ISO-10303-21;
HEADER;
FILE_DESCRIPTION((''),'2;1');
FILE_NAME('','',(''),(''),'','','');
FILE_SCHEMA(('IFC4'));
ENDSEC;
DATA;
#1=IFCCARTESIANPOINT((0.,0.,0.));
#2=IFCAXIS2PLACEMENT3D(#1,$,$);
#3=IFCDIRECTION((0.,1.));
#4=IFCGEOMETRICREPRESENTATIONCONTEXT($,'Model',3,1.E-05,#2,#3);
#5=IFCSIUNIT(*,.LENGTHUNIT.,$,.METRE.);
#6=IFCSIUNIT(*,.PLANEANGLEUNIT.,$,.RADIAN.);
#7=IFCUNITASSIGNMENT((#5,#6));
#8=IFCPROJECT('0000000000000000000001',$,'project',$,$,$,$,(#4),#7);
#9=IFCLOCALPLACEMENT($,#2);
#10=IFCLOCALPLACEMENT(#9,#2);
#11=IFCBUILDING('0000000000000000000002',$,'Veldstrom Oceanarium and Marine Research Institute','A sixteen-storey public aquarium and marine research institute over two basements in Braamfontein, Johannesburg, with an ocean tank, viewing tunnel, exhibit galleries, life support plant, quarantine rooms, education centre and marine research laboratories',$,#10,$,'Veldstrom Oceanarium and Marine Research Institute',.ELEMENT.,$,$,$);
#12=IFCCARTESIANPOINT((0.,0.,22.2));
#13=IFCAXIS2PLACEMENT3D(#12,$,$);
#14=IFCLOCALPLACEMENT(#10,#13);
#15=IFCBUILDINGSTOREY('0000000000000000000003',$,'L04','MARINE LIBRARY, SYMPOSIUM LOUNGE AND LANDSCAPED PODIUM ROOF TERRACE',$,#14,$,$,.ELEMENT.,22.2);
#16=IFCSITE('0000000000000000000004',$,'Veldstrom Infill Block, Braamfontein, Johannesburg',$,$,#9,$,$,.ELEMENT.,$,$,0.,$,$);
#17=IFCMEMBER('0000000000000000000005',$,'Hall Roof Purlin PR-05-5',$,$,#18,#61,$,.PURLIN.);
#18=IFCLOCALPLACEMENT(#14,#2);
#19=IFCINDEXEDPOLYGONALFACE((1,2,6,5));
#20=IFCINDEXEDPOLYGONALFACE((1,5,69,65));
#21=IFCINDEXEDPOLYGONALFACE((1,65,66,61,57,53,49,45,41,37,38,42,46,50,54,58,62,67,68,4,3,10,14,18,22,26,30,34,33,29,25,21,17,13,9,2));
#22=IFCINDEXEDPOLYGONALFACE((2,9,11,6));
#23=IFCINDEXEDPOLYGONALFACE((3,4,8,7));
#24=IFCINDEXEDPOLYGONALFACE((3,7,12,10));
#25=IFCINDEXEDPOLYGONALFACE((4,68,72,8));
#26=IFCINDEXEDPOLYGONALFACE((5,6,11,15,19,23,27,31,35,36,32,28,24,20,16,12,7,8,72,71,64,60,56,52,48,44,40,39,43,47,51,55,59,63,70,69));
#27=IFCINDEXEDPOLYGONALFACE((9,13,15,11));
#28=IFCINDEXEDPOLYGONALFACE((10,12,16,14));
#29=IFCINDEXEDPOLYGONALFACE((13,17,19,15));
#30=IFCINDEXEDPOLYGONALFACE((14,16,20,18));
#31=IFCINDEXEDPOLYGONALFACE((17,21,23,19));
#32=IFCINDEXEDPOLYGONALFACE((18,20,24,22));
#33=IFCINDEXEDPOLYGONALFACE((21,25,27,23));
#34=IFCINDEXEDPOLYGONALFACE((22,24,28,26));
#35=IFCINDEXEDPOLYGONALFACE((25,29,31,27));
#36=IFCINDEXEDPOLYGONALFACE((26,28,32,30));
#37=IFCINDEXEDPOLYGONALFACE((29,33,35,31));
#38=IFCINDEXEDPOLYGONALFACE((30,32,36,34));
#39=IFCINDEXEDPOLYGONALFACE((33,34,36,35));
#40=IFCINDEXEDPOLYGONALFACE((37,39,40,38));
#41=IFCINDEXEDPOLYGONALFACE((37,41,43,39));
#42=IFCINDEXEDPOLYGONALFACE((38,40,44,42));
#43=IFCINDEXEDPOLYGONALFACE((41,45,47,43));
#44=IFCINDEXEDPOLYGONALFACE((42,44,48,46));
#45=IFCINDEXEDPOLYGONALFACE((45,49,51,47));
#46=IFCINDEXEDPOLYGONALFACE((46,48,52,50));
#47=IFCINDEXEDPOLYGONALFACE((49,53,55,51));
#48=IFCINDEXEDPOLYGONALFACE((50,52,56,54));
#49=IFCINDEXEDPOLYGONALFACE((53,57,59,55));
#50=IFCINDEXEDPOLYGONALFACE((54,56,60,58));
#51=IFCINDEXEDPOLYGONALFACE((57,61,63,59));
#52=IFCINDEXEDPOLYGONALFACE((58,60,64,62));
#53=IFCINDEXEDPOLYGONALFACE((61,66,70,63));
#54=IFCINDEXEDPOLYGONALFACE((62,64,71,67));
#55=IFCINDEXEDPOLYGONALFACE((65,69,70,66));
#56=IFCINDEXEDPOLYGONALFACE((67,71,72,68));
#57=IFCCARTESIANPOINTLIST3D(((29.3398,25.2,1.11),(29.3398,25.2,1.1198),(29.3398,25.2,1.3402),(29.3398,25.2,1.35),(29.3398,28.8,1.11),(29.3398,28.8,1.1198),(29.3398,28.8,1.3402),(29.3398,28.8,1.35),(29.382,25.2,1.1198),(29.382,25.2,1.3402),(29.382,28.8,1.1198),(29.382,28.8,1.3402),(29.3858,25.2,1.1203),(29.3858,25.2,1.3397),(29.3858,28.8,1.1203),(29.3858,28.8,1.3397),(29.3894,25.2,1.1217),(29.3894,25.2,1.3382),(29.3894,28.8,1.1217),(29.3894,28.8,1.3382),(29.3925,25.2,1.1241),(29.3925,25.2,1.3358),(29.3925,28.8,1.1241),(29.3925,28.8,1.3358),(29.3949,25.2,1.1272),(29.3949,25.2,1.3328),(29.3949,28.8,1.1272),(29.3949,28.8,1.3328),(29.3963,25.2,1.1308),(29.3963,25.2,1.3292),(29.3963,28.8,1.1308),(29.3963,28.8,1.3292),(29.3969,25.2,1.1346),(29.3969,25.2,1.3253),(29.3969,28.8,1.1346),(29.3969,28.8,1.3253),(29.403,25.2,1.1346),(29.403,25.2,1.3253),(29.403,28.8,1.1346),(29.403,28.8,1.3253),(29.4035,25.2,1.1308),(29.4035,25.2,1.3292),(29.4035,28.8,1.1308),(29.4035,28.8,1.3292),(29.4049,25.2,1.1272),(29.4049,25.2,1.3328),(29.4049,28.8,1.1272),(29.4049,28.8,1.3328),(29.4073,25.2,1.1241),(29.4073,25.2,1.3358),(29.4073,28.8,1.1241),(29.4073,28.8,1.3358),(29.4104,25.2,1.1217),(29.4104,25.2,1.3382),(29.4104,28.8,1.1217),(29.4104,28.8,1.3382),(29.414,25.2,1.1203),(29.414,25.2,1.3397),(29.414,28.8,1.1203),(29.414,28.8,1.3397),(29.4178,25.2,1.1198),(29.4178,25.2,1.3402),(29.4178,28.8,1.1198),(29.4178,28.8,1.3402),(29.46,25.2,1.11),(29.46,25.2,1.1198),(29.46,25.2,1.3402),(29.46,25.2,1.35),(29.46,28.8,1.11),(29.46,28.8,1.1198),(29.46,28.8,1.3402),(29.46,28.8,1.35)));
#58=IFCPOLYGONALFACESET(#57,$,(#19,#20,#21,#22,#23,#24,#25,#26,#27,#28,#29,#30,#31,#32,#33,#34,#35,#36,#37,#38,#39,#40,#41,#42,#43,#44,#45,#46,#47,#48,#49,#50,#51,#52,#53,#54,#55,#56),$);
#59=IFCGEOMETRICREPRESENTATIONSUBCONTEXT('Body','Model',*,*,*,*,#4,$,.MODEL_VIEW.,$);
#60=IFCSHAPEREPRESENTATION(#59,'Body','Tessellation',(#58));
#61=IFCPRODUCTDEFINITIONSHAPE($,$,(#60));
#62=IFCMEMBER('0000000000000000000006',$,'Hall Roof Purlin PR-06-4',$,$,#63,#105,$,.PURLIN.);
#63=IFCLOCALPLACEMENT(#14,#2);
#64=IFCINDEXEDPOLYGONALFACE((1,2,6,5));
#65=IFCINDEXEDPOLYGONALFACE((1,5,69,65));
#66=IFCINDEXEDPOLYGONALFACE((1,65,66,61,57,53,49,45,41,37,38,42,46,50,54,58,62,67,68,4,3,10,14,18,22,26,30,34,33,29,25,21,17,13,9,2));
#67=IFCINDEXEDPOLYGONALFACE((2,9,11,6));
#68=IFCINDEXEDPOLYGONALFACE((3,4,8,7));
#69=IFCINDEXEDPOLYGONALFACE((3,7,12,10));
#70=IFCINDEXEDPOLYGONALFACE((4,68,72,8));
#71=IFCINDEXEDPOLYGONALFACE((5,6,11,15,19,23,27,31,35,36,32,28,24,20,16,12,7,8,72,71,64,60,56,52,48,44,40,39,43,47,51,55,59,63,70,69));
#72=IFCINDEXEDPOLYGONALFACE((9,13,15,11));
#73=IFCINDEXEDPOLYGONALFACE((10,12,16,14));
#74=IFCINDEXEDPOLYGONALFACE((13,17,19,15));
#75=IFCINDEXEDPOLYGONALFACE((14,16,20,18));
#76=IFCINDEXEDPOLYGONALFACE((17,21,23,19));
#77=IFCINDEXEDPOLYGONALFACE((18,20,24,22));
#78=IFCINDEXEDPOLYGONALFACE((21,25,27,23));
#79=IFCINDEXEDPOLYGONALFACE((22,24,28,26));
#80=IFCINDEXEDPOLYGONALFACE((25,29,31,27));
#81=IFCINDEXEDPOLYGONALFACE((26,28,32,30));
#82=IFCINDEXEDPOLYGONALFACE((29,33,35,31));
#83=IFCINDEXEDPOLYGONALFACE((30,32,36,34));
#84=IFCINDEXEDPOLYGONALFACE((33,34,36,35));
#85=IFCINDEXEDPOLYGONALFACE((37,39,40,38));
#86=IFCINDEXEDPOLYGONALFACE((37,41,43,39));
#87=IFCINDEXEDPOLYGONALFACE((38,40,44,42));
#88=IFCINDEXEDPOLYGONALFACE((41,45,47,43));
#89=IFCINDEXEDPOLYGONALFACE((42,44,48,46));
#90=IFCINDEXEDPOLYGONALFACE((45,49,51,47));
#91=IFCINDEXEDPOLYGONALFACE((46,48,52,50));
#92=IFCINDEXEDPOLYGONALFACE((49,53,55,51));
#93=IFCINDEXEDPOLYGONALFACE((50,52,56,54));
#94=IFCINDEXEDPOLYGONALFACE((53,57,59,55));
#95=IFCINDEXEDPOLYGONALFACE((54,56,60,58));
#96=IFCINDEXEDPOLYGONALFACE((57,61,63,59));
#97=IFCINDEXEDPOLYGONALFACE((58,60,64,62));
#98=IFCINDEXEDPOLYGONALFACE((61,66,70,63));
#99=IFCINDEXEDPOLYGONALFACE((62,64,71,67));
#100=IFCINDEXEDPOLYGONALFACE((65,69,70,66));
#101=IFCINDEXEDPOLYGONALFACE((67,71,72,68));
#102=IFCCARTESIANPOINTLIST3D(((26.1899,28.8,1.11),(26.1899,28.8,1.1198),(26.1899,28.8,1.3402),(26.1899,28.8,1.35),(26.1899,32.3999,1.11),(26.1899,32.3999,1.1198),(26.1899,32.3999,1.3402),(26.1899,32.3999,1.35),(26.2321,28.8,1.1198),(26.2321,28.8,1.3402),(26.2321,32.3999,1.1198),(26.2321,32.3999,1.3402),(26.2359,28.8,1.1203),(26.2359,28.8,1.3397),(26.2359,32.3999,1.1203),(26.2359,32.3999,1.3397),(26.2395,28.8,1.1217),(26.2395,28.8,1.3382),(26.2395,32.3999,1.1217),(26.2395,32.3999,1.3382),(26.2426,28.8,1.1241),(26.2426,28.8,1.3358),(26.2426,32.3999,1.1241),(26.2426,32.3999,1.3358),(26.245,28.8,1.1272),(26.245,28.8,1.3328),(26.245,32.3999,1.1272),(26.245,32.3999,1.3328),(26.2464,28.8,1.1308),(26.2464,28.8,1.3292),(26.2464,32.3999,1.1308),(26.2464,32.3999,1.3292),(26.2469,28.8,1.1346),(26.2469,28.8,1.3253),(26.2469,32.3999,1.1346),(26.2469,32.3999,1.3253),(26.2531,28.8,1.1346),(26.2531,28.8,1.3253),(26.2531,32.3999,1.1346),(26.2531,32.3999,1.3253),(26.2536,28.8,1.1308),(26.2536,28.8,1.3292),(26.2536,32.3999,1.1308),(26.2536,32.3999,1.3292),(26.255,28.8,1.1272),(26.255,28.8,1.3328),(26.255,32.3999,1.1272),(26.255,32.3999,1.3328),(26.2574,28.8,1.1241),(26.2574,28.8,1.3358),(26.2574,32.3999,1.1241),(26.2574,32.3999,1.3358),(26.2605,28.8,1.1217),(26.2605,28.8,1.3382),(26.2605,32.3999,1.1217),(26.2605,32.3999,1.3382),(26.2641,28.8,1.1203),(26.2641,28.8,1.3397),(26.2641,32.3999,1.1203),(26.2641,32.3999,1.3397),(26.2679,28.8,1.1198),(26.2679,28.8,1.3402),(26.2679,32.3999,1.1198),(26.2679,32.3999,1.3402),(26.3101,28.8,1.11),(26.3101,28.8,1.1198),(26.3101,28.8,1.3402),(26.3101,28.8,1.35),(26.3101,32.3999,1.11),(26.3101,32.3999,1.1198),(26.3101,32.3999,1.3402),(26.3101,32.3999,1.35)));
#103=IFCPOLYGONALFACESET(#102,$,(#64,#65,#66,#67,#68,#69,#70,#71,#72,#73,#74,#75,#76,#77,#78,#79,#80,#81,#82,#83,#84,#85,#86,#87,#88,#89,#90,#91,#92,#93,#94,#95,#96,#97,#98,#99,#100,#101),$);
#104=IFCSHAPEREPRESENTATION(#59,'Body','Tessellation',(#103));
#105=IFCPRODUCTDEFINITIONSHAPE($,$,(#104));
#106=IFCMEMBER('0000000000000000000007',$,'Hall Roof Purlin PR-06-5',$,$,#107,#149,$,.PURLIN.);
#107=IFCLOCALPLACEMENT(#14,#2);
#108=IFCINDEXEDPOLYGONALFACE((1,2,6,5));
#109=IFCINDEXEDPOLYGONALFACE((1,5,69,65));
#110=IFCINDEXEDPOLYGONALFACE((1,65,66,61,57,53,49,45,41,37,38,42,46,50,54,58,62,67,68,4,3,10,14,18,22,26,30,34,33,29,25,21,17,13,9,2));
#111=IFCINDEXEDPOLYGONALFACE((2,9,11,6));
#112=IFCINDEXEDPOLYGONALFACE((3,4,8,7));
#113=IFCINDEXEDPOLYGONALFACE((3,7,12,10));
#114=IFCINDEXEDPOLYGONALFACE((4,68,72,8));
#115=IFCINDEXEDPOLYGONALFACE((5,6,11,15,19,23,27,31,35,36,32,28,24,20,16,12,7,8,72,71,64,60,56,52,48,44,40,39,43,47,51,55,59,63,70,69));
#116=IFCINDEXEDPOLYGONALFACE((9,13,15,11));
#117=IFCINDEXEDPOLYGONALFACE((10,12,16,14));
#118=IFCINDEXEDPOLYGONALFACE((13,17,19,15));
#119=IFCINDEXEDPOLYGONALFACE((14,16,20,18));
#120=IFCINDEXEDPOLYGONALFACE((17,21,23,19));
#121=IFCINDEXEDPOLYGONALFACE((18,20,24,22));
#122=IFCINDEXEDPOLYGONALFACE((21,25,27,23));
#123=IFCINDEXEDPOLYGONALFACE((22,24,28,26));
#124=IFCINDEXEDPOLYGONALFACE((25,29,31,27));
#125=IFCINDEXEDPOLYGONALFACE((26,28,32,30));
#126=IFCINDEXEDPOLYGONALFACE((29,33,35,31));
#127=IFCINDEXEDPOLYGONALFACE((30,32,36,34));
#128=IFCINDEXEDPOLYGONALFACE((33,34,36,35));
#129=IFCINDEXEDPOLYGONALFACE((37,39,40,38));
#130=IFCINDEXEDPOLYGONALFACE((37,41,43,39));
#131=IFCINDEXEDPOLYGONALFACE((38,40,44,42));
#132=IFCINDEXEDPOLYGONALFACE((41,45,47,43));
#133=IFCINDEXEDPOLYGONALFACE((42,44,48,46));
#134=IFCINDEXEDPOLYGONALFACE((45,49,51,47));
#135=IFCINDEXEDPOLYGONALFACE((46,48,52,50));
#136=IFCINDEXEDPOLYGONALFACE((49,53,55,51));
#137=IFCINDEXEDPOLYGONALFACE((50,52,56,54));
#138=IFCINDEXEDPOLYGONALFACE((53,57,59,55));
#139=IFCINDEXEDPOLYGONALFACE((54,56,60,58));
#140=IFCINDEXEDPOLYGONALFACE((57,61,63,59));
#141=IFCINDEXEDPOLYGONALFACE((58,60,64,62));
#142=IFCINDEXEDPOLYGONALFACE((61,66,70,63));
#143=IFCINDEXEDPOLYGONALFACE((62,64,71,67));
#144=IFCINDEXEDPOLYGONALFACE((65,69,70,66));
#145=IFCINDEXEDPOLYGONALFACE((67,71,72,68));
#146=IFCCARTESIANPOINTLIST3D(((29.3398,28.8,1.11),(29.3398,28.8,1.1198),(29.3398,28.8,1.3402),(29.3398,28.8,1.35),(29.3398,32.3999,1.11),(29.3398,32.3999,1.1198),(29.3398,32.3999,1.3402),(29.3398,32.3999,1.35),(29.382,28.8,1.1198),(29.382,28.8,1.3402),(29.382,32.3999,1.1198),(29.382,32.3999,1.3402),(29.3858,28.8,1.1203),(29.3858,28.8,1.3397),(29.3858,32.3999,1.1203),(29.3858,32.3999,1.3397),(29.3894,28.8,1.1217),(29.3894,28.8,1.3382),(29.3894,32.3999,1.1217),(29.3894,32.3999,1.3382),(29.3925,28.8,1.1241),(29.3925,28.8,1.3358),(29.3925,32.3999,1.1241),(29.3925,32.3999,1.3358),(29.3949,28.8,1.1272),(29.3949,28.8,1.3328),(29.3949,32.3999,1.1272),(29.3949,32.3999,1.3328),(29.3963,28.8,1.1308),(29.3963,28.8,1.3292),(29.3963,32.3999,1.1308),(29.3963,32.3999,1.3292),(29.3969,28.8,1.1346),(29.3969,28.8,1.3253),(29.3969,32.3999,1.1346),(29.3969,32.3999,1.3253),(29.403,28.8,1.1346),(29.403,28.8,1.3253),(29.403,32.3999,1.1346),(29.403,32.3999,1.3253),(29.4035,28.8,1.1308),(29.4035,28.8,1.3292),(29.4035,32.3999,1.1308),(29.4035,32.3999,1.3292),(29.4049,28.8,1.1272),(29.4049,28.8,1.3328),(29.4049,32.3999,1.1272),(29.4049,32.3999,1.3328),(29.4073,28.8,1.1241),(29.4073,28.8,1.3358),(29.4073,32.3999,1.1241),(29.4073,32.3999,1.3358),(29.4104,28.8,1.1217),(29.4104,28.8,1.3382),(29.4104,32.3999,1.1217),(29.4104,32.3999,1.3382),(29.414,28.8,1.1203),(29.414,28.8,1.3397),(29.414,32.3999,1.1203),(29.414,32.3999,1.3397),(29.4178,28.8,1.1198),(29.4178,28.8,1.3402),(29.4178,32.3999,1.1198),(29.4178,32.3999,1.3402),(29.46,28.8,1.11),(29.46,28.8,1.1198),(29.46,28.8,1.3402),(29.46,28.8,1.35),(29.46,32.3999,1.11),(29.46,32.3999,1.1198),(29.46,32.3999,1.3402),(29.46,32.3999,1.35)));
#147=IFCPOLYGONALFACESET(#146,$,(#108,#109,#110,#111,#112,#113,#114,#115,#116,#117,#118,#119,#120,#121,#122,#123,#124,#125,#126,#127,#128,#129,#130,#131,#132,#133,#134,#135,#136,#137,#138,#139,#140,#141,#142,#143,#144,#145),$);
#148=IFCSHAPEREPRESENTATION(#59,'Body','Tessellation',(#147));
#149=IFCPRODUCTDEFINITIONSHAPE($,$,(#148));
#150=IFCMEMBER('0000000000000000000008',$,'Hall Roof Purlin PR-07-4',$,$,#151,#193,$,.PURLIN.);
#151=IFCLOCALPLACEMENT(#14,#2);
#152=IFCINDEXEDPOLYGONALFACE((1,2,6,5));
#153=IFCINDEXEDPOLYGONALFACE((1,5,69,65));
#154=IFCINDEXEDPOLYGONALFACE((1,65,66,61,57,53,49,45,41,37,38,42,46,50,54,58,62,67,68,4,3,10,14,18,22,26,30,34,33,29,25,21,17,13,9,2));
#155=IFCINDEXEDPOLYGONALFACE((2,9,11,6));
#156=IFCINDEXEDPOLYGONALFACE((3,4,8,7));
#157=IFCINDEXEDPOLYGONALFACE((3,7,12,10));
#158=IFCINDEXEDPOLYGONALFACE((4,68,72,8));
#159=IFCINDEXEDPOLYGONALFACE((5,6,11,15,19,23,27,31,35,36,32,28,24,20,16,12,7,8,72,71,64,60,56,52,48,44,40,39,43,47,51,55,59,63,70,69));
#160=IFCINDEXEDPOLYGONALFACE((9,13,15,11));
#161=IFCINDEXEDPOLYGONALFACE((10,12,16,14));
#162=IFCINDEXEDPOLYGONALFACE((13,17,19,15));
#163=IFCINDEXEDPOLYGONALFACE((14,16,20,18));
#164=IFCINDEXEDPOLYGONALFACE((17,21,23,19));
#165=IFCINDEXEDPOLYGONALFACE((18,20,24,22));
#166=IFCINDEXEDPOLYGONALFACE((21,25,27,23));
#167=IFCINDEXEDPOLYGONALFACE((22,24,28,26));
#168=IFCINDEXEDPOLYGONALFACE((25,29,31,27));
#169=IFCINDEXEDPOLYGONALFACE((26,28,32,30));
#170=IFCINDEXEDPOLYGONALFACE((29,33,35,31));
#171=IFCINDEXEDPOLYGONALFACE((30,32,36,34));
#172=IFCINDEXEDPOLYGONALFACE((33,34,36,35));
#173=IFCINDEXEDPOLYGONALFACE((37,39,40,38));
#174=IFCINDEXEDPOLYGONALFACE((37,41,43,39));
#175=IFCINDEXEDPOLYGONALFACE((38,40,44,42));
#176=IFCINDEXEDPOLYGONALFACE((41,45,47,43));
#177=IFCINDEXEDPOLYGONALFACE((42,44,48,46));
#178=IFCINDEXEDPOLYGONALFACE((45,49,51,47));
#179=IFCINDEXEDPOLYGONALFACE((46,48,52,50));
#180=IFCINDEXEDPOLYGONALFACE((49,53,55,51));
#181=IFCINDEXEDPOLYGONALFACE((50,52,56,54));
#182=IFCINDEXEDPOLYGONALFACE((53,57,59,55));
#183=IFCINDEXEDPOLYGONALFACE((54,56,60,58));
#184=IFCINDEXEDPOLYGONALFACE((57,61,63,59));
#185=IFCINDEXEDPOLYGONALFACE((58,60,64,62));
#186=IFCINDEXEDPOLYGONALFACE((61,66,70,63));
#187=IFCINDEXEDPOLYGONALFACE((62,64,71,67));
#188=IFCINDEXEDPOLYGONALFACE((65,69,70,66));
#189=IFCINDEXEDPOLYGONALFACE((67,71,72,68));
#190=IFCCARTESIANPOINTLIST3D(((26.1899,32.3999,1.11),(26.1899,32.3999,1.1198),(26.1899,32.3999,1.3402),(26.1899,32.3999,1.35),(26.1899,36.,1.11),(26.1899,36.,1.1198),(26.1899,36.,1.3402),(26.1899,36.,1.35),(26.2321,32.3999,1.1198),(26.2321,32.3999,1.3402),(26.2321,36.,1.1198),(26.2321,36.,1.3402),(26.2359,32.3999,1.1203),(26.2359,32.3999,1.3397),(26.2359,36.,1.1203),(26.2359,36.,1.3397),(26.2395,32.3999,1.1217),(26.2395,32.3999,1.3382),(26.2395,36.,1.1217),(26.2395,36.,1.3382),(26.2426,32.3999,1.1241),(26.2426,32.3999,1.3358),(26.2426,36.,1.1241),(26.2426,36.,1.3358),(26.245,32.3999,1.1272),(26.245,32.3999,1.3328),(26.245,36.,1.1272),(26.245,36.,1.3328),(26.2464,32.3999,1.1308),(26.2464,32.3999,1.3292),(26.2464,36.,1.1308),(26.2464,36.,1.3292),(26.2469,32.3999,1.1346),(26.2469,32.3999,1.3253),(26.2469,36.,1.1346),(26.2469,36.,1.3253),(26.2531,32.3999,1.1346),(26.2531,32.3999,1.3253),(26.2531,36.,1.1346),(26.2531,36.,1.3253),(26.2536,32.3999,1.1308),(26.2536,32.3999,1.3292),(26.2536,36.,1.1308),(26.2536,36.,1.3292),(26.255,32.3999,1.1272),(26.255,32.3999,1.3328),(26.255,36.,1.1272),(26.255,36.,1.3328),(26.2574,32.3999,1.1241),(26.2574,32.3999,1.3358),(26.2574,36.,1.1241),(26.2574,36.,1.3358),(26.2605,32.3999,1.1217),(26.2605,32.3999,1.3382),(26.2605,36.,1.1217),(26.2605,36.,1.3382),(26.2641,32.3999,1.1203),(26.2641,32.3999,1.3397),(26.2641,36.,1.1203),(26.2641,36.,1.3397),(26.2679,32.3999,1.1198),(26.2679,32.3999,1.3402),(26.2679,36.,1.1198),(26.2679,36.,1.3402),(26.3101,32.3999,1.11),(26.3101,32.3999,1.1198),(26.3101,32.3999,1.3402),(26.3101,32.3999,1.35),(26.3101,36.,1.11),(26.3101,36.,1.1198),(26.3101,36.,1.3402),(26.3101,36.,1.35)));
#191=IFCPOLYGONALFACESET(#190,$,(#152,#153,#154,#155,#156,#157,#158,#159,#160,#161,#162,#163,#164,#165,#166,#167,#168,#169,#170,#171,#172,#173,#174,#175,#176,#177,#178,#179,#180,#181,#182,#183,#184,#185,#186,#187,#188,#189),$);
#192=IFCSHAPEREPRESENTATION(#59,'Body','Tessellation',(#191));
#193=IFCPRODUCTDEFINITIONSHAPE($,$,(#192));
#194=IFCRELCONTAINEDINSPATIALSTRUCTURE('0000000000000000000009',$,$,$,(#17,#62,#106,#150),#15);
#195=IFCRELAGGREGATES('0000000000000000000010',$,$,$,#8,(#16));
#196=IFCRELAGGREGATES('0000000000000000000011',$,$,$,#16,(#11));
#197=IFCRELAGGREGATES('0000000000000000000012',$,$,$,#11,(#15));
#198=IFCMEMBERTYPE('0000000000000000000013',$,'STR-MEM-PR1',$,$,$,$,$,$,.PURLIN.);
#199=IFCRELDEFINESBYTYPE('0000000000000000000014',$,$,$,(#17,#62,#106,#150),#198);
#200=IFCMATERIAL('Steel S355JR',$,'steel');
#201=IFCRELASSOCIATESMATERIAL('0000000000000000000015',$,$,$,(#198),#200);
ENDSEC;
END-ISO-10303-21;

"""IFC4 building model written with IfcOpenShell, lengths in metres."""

from ifc_helpers import new_model, si_unit, direction, frame, origin, origin_2d, place, context, subcontext, project, spatial, i_section, extrude, material, material_profile, profile_set, type_object, element, save


model = new_model("IFC4")

# Units and contexts
model_context = context("Model", 3, precision=1e-05, world=origin(), true_north=direction((0.0, 1.0)))
body_context = subcontext(model_context, "Body", "Model", "MODEL_VIEW")
ifc_project = project(units=[si_unit("LENGTHUNIT", "METRE"), si_unit("PLANEANGLEUNIT", "RADIAN")], contexts=[model_context])

# Site, building, storey
site_placement = place(None, origin())
site = spatial("IfcSite", under=ifc_project, at=site_placement, Name="Veldstrom Infill Block, Braamfontein, Johannesburg", CompositionType="ELEMENT", RefElevation=0.0)
building_placement = place(site_placement, origin())
building = spatial("IfcBuilding", under=site, at=building_placement, Name="Veldstrom Oceanarium and Marine Research Institute", Description="A sixteen-storey public aquarium and marine research institute over two basements in Braamfontein, Johannesburg, with an ocean tank, viewing tunnel, exhibit galleries, life support plant, quarantine rooms, education centre and marine research laboratories", LongName="Veldstrom Oceanarium and Marine Research Institute", CompositionType="ELEMENT")
storey_placement = place(building_placement, frame((0.0, 0.0, 22.2)))
storey = spatial("IfcBuildingStorey", under=building, at=storey_placement, Name="L04", Description="MARINE LIBRARY, SYMPOSIUM LOUNGE AND LANDSCAPED PODIUM ROOF TERRACE", CompositionType="ELEMENT", Elevation=22.2)

# Members
ifc_material_1 = material(Name="Steel S355JR", Category="steel")
ifc_material_profile_1 = material_profile(ifc_material_1, i_section(OverallWidth=0.1201, OverallDepth=0.24, WebThickness=0.0061, FlangeThickness=0.0098, FilletRadius=0.0149, at=origin_2d()), Name="IPE 240")
ifc_profile_set_1 = profile_set([ifc_material_profile_1], Name="Steel S355JR")
member_type_1 = type_object("IfcMemberType", Name="STR-MEM-PR1", PredefinedType="PURLIN", material=ifc_profile_set_1)
for number, where, z_axis, x_axis, name in (
    (1, (29.3999, 25.2, 1.23), (0.0, 1.0, 0.0), (-1.0, 0.0, 0.0), "Hall Roof Purlin PR-05-5"),
):
    element("IfcMember", number, at=place(storey_placement, frame(where, z_axis=z_axis, x_axis=x_axis)), inside=storey, type_object=member_type_1, Name=name, PredefinedType="PURLIN", context=body_context, shape_type="SweptSolid", body=[
        extrude(i_section(OverallWidth=0.1201, OverallDepth=0.24, WebThickness=0.0061, FlangeThickness=0.0098, FilletRadius=0.0149, at=origin_2d()), origin(), (0.0, 0.0, 1.0), 3.6001),
    ])
for number, where, z_axis, x_axis, name in (
    (2, (26.25, 28.8, 1.23), (0.0, 1.0, 0.0), (-1.0, 0.0, 0.0), "Hall Roof Purlin PR-06-4"),
    (3, (29.3999, 28.8, 1.23), (0.0, 1.0, 0.0), (-1.0, 0.0, 0.0), "Hall Roof Purlin PR-06-5"),
):
    element("IfcMember", number, at=place(storey_placement, frame(where, z_axis=z_axis, x_axis=x_axis)), inside=storey, type_object=member_type_1, Name=name, PredefinedType="PURLIN", context=body_context, shape_type="SweptSolid", body=[
        extrude(i_section(OverallWidth=0.1201, OverallDepth=0.24, WebThickness=0.0061, FlangeThickness=0.0098, FilletRadius=0.0149, at=origin_2d()), origin(), (0.0, 0.0, 1.0), 3.5999),
    ])
member_1_placement = place(storey_placement, frame((26.25, 32.3999, 1.23), z_axis=(0.0, 1.0, 0.0), x_axis=(-1.0, 0.0, 0.0)))
element("IfcMember", 4, at=member_1_placement, inside=storey, type_object=member_type_1, Name="Hall Roof Purlin PR-07-4", PredefinedType="PURLIN", context=body_context, shape_type="SweptSolid", body=[
    extrude(i_section(OverallWidth=0.1201, OverallDepth=0.24, WebThickness=0.0061, FlangeThickness=0.0098, FilletRadius=0.0149, at=origin_2d()), origin(), (0.0, 0.0, 1.0), 3.6001),
])

save(model, "model.ifc")
